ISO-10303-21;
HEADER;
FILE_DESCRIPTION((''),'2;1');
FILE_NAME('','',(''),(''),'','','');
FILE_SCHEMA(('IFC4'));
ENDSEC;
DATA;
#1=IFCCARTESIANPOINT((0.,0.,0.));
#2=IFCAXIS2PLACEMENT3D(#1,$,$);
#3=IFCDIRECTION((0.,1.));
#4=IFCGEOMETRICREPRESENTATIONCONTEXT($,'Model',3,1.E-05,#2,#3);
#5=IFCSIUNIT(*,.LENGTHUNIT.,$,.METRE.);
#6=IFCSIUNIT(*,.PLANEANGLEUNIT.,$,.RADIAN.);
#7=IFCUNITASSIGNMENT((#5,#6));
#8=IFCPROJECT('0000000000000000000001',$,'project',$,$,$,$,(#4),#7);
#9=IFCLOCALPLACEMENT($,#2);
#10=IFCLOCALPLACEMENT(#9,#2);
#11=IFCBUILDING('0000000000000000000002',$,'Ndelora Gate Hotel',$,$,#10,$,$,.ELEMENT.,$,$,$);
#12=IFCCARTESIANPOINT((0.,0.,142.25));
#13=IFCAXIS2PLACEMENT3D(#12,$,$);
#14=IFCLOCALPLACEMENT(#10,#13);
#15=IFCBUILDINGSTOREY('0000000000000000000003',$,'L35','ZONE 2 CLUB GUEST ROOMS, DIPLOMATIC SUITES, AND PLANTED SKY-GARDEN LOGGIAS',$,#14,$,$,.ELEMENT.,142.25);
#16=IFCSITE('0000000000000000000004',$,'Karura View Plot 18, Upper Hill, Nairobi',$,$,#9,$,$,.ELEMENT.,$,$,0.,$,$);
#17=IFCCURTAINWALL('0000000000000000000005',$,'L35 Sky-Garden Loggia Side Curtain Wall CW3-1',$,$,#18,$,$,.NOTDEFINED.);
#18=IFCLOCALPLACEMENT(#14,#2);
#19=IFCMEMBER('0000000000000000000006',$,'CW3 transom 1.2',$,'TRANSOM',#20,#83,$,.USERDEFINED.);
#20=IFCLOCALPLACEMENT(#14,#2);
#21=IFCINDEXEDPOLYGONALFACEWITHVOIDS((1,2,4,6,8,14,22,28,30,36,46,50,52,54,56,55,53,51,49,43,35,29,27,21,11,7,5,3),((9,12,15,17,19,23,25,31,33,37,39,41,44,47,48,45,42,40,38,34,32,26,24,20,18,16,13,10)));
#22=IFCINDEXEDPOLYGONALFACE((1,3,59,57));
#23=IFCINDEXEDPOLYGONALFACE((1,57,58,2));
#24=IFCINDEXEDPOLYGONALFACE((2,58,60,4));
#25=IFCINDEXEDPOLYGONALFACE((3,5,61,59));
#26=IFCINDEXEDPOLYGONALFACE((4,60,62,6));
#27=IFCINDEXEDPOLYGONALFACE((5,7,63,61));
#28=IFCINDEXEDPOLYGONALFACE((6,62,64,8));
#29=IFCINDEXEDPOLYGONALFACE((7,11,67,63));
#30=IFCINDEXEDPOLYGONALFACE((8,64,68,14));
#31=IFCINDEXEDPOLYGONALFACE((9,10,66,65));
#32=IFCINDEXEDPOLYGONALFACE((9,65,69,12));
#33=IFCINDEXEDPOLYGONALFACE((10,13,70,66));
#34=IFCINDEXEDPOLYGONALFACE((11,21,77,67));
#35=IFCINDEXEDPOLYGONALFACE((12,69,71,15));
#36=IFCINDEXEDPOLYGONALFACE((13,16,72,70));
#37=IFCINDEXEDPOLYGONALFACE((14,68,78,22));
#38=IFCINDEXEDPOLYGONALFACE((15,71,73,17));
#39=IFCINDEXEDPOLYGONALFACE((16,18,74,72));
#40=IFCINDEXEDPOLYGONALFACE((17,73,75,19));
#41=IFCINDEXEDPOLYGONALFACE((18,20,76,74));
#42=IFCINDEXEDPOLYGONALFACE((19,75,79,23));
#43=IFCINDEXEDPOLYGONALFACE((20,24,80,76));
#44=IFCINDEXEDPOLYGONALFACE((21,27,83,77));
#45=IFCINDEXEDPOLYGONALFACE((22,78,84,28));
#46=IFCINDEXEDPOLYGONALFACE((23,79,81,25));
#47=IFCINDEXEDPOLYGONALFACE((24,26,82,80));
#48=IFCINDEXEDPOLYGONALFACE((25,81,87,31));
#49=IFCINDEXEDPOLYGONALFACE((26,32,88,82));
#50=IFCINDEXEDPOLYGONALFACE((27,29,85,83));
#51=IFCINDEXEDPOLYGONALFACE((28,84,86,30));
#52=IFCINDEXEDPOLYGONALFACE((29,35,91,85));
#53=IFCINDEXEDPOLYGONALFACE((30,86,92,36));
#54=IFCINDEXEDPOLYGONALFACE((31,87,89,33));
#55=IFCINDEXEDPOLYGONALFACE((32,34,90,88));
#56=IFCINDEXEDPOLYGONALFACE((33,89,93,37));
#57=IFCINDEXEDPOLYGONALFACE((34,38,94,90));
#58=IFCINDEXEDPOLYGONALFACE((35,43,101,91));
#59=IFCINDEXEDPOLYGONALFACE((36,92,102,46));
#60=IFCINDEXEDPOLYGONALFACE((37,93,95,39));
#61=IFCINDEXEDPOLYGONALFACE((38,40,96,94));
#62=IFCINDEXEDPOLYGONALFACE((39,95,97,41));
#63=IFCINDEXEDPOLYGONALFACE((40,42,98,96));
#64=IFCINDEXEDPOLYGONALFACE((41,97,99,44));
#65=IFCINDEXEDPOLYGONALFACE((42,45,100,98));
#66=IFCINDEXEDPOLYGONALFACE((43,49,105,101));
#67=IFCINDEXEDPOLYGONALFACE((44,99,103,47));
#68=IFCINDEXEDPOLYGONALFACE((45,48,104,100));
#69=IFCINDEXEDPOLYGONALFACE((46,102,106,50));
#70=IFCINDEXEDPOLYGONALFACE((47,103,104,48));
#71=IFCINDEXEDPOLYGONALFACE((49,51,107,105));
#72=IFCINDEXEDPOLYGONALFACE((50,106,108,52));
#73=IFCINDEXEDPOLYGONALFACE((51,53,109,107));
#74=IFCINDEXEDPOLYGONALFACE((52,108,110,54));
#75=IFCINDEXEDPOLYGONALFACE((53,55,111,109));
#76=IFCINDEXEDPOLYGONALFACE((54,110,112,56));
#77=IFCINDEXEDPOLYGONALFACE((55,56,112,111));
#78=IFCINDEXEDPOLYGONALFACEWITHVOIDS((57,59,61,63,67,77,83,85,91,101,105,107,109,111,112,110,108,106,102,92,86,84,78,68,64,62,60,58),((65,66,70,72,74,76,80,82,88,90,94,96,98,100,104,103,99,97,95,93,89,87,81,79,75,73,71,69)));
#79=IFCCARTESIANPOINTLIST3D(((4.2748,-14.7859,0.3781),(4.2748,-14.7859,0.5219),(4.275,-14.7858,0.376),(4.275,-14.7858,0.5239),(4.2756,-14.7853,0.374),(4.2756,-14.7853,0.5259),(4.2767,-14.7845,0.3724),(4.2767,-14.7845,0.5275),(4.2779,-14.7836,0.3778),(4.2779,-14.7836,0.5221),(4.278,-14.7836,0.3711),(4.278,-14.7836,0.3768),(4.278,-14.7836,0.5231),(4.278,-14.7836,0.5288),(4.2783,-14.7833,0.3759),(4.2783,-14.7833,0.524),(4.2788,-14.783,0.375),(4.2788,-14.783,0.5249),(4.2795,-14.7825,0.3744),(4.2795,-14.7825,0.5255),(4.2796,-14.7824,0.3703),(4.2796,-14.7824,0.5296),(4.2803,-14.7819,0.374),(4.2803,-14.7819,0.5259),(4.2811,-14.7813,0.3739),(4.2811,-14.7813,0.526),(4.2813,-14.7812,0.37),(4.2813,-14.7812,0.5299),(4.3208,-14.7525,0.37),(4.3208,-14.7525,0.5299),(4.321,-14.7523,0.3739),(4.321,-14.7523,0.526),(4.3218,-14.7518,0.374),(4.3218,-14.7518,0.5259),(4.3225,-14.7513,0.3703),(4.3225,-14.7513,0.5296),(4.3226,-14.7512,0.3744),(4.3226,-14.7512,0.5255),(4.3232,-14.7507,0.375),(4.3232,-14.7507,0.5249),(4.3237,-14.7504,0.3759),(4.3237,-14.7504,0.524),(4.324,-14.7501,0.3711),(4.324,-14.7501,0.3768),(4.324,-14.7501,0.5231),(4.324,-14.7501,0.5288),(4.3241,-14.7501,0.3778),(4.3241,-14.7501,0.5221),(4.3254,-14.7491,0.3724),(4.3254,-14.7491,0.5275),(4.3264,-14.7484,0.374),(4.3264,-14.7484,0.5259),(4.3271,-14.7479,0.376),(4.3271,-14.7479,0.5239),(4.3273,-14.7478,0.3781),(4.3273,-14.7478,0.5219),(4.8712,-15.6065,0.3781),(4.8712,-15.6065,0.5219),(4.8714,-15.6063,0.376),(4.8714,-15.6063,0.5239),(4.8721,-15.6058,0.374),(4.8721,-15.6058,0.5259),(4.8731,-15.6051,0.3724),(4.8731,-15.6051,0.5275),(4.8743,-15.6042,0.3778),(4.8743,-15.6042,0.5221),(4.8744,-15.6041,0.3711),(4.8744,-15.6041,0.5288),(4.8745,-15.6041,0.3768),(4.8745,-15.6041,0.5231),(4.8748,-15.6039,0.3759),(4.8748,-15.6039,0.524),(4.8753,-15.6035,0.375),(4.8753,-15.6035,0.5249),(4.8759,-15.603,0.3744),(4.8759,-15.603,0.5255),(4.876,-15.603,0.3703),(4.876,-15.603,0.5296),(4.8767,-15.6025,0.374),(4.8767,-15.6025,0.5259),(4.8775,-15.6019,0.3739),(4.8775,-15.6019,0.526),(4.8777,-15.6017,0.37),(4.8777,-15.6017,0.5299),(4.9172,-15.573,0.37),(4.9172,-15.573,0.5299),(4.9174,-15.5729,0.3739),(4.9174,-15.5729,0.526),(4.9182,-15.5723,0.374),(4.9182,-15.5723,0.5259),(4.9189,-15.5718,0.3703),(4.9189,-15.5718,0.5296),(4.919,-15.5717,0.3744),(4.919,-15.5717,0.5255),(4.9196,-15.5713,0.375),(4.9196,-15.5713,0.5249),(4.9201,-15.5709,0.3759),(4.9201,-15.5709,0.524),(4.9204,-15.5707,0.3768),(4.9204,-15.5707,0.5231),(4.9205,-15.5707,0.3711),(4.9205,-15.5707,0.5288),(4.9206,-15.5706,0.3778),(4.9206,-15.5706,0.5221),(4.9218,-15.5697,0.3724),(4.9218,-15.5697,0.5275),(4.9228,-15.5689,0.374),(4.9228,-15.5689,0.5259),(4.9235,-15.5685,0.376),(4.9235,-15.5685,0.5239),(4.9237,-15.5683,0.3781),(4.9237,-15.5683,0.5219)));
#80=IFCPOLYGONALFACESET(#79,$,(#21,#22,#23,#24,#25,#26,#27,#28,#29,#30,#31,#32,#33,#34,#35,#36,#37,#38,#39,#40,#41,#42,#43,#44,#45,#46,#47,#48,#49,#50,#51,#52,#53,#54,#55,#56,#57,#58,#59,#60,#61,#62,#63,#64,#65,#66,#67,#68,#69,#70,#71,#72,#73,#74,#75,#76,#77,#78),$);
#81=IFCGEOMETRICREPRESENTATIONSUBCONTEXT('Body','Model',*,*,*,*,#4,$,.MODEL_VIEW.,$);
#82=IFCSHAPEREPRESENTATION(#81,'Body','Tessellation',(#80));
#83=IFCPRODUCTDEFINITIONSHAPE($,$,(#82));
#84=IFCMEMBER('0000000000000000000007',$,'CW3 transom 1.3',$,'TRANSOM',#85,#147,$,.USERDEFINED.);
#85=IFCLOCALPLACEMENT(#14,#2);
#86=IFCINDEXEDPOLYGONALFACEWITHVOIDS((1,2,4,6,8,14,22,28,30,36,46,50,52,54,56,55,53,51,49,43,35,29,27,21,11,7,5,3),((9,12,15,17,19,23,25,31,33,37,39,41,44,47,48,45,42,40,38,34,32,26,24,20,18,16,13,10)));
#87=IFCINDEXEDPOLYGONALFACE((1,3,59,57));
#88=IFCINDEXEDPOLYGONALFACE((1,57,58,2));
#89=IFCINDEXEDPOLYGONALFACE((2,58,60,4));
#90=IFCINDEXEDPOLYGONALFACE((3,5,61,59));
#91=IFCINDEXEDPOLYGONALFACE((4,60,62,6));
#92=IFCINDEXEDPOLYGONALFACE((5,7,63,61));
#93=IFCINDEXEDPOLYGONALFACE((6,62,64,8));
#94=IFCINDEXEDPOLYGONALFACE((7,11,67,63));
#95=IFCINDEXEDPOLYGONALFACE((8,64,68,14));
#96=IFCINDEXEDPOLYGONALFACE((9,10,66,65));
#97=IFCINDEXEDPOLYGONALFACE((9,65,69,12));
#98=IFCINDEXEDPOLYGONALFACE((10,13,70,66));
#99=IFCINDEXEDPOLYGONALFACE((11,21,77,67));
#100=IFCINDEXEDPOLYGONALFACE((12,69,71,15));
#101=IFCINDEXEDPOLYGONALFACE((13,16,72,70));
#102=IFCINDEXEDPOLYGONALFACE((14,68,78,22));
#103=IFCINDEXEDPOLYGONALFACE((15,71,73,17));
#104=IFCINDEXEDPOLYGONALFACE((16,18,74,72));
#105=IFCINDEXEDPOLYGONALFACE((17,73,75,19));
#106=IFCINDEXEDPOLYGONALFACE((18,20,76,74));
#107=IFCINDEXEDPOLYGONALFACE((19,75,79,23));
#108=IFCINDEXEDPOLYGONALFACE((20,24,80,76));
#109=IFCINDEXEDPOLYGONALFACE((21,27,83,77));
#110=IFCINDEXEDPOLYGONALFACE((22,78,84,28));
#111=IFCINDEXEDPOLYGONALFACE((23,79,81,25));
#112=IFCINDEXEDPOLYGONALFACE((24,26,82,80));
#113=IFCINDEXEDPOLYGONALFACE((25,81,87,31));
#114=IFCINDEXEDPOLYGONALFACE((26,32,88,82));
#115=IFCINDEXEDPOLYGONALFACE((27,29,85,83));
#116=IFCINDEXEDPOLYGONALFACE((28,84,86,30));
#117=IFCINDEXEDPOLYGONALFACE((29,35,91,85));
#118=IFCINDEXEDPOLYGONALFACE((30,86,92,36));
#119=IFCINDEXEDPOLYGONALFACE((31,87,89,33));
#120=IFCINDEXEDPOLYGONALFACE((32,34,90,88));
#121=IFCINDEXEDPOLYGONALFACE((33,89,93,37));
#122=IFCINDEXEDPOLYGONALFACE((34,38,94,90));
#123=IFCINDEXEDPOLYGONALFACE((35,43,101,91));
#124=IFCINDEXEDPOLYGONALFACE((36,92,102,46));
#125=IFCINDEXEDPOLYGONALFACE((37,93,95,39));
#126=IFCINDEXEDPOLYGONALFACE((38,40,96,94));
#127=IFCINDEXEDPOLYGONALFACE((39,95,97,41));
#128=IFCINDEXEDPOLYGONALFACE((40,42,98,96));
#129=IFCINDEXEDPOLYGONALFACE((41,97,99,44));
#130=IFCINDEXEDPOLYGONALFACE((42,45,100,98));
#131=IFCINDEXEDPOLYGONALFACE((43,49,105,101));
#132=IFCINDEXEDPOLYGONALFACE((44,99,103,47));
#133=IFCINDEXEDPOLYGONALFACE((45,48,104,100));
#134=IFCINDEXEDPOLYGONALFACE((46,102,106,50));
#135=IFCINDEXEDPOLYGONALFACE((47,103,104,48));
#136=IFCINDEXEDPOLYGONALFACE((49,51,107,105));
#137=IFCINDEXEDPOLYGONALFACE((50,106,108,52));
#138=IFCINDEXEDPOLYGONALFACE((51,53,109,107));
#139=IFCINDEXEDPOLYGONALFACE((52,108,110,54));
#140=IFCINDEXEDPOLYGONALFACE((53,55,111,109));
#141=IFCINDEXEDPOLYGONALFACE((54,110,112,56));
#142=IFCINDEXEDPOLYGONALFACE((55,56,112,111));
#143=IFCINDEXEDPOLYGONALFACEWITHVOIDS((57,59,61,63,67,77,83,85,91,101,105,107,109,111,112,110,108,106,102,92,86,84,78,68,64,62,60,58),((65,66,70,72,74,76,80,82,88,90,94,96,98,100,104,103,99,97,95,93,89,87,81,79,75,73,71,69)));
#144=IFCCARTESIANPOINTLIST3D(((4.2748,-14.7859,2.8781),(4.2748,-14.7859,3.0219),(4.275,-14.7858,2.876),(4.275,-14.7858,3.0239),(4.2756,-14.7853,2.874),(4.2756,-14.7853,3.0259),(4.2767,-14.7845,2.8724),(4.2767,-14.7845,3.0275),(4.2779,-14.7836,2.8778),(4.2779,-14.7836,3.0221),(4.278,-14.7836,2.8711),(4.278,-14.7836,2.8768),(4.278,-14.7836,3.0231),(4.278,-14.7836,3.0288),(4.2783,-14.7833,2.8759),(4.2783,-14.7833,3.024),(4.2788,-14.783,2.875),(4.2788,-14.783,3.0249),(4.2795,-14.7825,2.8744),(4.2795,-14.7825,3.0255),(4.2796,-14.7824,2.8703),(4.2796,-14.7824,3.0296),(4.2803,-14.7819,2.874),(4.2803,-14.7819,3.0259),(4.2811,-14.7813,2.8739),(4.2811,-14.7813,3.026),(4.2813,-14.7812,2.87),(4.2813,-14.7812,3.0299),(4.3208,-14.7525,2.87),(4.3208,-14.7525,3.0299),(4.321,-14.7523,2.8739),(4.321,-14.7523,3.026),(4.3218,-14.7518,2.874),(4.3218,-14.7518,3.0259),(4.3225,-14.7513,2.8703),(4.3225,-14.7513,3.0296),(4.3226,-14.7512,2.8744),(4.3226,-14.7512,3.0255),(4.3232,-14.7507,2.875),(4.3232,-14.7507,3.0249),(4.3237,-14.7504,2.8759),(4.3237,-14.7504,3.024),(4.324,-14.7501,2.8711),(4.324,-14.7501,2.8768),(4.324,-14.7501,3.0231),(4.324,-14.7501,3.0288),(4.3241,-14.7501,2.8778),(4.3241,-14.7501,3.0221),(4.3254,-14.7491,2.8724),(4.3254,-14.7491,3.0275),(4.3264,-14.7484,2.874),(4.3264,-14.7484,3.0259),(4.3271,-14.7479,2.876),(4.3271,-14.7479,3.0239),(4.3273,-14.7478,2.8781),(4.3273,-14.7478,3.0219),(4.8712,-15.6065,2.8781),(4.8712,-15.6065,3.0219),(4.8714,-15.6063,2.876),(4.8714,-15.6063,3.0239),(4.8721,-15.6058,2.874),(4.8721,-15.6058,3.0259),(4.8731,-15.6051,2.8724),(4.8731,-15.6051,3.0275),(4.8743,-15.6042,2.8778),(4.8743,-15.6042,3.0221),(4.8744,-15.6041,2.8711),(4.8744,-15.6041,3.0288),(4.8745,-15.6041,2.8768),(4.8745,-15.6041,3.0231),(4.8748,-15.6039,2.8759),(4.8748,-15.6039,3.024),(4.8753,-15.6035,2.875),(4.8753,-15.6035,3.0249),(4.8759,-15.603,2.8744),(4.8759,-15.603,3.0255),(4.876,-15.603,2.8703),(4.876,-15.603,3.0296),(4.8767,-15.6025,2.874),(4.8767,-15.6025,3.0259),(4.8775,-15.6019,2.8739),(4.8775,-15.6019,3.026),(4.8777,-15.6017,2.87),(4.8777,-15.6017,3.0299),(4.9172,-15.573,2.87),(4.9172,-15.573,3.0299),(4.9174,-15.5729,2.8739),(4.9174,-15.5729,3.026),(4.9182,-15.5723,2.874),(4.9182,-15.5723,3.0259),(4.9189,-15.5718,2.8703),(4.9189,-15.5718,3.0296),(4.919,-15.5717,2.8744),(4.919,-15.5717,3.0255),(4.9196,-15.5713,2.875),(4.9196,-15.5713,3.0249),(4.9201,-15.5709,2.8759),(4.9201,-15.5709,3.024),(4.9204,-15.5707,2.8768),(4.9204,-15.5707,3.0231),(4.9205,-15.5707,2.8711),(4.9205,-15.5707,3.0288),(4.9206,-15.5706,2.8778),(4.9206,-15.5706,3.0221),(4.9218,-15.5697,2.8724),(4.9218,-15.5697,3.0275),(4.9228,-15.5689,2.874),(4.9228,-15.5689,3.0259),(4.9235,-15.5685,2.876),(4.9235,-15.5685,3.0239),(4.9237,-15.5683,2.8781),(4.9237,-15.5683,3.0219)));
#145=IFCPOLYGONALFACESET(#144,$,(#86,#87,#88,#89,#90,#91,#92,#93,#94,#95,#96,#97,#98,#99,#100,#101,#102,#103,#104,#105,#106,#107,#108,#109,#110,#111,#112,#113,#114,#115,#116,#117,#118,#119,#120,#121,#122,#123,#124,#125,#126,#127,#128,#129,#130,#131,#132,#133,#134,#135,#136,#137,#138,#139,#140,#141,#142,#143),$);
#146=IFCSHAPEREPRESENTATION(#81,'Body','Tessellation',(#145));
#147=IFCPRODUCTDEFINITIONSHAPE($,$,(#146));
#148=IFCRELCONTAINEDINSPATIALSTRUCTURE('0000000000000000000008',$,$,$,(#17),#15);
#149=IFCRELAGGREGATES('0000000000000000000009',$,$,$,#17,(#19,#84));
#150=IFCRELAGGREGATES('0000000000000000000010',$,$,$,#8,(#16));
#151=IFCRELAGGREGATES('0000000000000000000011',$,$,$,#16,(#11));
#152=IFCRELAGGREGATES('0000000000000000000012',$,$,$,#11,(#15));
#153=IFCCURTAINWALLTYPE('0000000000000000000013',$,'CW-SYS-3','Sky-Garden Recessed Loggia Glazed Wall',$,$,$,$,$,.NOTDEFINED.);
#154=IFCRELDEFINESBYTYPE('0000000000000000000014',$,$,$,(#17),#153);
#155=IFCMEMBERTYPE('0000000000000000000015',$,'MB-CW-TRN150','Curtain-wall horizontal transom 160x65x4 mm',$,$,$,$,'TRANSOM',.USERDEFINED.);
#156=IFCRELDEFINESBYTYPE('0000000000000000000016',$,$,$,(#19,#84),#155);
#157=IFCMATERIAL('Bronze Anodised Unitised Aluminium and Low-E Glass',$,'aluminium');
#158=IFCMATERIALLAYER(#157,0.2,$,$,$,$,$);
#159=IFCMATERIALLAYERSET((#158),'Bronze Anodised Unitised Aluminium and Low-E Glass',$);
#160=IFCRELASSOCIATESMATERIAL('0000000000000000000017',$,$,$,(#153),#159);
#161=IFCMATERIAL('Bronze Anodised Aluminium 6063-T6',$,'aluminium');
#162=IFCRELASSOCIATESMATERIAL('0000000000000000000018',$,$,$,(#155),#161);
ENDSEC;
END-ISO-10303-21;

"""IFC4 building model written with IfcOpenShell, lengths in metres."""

from ifc_helpers import new_model, si_unit, direction, frame, origin, origin_2d, place, context, subcontext, project, spatial, hollow_rectangle, extrude, material, layer, layer_set, material_profile, profile_set, type_object, element, aggregate, save


model = new_model("IFC4")

# Units and contexts
model_context = context("Model", 3, precision=1e-05, world=origin(), true_north=direction((0.0, 1.0)))
body_context = subcontext(model_context, "Body", "Model", "MODEL_VIEW")
ifc_project = project(units=[si_unit("LENGTHUNIT", "METRE"), si_unit("PLANEANGLEUNIT", "RADIAN")], contexts=[model_context])

# Site, building, storey
site_placement = place(None, origin())
site = spatial("IfcSite", under=ifc_project, at=site_placement, Name="Karura View Plot 18, Upper Hill, Nairobi", CompositionType="ELEMENT", RefElevation=0.0)
building_placement = place(site_placement, origin())
building = spatial("IfcBuilding", under=site, at=building_placement, Name="Ndelora Gate Hotel", CompositionType="ELEMENT")
storey_placement = place(building_placement, frame((0.0, 0.0, 142.25)))
storey = spatial("IfcBuildingStorey", under=building, at=storey_placement, Name="L35", Description="ZONE 2 CLUB GUEST ROOMS, DIPLOMATIC SUITES, AND PLANTED SKY-GARDEN LOGGIAS", CompositionType="ELEMENT", Elevation=142.25)

# Curtain wall, members
ifc_material_1 = material(Name="Bronze Anodised Unitised Aluminium and Low-E Glass", Category="aluminium")
ifc_layer_1 = layer(ifc_material_1, 0.2)
ifc_layer_set_1 = layer_set([ifc_layer_1], Name="Bronze Anodised Unitised Aluminium and Low-E Glass")
curtain_wall_type = type_object("IfcCurtainWallType", Name="CW-SYS-3", Description="Sky-Garden Recessed Loggia Glazed Wall", PredefinedType="NOTDEFINED", material=ifc_layer_set_1)
curtain_wall_placement = place(storey_placement, origin())
curtain_wall = element("IfcCurtainWall", 1, at=curtain_wall_placement, inside=storey, type_object=curtain_wall_type, Name="L35 Sky-Garden Loggia Side Curtain Wall CW3-1", PredefinedType="NOTDEFINED")
ifc_material_2 = material(Name="Bronze Anodised Aluminium 6063-T6", Category="aluminium")
ifc_material_profile_1 = material_profile(ifc_material_2, hollow_rectangle(XDim=0.0649, YDim=0.1599, WallThickness=0.0039, InnerFilletRadius=0.0039, OuterFilletRadius=0.0081, at=origin_2d()), Name="ALU 160x65x4")
ifc_profile_set_1 = profile_set([ifc_material_profile_1], Name="Bronze Anodised Aluminium 6063-T6")
member_type_1 = type_object("IfcMemberType", Name="MB-CW-TRN150", Description="Curtain-wall horizontal transom 160x65x4 mm", ElementType="TRANSOM", PredefinedType="USERDEFINED", material=ifc_profile_set_1)
member_1_placement = place(storey_placement, frame((4.301, -14.7668, 0.45), z_axis=(0.587957, -0.808892, 0.0), x_axis=(0.808892, 0.587957, 0.0)))
member_1 = element("IfcMember", 2, at=member_1_placement, type_object=member_type_1, Name="CW3 transom 1.2", ObjectType="TRANSOM", PredefinedType="USERDEFINED", context=body_context, shape_type="SweptSolid", body=[
    extrude(hollow_rectangle(XDim=0.0649, YDim=0.1599, WallThickness=0.0039, InnerFilletRadius=0.0039, OuterFilletRadius=0.0081, at=origin_2d()), origin(), (0.0, 0.0, 1.0), 1.0144),
])
member_2_placement = place(storey_placement, frame((4.301, -14.7668, 2.95), z_axis=(0.587957, -0.808892, 0.0), x_axis=(0.808892, 0.587957, 0.0)))
member_2 = element("IfcMember", 3, at=member_2_placement, type_object=member_type_1, Name="CW3 transom 1.3", ObjectType="TRANSOM", PredefinedType="USERDEFINED", context=body_context, shape_type="SweptSolid", body=[
    extrude(hollow_rectangle(XDim=0.0649, YDim=0.1599, WallThickness=0.0039, InnerFilletRadius=0.0039, OuterFilletRadius=0.0081, at=origin_2d()), origin(), (0.0, 0.0, 1.0), 1.0144),
])
aggregate(curtain_wall, [member_1, member_2])

save(model, "model.ifc")
